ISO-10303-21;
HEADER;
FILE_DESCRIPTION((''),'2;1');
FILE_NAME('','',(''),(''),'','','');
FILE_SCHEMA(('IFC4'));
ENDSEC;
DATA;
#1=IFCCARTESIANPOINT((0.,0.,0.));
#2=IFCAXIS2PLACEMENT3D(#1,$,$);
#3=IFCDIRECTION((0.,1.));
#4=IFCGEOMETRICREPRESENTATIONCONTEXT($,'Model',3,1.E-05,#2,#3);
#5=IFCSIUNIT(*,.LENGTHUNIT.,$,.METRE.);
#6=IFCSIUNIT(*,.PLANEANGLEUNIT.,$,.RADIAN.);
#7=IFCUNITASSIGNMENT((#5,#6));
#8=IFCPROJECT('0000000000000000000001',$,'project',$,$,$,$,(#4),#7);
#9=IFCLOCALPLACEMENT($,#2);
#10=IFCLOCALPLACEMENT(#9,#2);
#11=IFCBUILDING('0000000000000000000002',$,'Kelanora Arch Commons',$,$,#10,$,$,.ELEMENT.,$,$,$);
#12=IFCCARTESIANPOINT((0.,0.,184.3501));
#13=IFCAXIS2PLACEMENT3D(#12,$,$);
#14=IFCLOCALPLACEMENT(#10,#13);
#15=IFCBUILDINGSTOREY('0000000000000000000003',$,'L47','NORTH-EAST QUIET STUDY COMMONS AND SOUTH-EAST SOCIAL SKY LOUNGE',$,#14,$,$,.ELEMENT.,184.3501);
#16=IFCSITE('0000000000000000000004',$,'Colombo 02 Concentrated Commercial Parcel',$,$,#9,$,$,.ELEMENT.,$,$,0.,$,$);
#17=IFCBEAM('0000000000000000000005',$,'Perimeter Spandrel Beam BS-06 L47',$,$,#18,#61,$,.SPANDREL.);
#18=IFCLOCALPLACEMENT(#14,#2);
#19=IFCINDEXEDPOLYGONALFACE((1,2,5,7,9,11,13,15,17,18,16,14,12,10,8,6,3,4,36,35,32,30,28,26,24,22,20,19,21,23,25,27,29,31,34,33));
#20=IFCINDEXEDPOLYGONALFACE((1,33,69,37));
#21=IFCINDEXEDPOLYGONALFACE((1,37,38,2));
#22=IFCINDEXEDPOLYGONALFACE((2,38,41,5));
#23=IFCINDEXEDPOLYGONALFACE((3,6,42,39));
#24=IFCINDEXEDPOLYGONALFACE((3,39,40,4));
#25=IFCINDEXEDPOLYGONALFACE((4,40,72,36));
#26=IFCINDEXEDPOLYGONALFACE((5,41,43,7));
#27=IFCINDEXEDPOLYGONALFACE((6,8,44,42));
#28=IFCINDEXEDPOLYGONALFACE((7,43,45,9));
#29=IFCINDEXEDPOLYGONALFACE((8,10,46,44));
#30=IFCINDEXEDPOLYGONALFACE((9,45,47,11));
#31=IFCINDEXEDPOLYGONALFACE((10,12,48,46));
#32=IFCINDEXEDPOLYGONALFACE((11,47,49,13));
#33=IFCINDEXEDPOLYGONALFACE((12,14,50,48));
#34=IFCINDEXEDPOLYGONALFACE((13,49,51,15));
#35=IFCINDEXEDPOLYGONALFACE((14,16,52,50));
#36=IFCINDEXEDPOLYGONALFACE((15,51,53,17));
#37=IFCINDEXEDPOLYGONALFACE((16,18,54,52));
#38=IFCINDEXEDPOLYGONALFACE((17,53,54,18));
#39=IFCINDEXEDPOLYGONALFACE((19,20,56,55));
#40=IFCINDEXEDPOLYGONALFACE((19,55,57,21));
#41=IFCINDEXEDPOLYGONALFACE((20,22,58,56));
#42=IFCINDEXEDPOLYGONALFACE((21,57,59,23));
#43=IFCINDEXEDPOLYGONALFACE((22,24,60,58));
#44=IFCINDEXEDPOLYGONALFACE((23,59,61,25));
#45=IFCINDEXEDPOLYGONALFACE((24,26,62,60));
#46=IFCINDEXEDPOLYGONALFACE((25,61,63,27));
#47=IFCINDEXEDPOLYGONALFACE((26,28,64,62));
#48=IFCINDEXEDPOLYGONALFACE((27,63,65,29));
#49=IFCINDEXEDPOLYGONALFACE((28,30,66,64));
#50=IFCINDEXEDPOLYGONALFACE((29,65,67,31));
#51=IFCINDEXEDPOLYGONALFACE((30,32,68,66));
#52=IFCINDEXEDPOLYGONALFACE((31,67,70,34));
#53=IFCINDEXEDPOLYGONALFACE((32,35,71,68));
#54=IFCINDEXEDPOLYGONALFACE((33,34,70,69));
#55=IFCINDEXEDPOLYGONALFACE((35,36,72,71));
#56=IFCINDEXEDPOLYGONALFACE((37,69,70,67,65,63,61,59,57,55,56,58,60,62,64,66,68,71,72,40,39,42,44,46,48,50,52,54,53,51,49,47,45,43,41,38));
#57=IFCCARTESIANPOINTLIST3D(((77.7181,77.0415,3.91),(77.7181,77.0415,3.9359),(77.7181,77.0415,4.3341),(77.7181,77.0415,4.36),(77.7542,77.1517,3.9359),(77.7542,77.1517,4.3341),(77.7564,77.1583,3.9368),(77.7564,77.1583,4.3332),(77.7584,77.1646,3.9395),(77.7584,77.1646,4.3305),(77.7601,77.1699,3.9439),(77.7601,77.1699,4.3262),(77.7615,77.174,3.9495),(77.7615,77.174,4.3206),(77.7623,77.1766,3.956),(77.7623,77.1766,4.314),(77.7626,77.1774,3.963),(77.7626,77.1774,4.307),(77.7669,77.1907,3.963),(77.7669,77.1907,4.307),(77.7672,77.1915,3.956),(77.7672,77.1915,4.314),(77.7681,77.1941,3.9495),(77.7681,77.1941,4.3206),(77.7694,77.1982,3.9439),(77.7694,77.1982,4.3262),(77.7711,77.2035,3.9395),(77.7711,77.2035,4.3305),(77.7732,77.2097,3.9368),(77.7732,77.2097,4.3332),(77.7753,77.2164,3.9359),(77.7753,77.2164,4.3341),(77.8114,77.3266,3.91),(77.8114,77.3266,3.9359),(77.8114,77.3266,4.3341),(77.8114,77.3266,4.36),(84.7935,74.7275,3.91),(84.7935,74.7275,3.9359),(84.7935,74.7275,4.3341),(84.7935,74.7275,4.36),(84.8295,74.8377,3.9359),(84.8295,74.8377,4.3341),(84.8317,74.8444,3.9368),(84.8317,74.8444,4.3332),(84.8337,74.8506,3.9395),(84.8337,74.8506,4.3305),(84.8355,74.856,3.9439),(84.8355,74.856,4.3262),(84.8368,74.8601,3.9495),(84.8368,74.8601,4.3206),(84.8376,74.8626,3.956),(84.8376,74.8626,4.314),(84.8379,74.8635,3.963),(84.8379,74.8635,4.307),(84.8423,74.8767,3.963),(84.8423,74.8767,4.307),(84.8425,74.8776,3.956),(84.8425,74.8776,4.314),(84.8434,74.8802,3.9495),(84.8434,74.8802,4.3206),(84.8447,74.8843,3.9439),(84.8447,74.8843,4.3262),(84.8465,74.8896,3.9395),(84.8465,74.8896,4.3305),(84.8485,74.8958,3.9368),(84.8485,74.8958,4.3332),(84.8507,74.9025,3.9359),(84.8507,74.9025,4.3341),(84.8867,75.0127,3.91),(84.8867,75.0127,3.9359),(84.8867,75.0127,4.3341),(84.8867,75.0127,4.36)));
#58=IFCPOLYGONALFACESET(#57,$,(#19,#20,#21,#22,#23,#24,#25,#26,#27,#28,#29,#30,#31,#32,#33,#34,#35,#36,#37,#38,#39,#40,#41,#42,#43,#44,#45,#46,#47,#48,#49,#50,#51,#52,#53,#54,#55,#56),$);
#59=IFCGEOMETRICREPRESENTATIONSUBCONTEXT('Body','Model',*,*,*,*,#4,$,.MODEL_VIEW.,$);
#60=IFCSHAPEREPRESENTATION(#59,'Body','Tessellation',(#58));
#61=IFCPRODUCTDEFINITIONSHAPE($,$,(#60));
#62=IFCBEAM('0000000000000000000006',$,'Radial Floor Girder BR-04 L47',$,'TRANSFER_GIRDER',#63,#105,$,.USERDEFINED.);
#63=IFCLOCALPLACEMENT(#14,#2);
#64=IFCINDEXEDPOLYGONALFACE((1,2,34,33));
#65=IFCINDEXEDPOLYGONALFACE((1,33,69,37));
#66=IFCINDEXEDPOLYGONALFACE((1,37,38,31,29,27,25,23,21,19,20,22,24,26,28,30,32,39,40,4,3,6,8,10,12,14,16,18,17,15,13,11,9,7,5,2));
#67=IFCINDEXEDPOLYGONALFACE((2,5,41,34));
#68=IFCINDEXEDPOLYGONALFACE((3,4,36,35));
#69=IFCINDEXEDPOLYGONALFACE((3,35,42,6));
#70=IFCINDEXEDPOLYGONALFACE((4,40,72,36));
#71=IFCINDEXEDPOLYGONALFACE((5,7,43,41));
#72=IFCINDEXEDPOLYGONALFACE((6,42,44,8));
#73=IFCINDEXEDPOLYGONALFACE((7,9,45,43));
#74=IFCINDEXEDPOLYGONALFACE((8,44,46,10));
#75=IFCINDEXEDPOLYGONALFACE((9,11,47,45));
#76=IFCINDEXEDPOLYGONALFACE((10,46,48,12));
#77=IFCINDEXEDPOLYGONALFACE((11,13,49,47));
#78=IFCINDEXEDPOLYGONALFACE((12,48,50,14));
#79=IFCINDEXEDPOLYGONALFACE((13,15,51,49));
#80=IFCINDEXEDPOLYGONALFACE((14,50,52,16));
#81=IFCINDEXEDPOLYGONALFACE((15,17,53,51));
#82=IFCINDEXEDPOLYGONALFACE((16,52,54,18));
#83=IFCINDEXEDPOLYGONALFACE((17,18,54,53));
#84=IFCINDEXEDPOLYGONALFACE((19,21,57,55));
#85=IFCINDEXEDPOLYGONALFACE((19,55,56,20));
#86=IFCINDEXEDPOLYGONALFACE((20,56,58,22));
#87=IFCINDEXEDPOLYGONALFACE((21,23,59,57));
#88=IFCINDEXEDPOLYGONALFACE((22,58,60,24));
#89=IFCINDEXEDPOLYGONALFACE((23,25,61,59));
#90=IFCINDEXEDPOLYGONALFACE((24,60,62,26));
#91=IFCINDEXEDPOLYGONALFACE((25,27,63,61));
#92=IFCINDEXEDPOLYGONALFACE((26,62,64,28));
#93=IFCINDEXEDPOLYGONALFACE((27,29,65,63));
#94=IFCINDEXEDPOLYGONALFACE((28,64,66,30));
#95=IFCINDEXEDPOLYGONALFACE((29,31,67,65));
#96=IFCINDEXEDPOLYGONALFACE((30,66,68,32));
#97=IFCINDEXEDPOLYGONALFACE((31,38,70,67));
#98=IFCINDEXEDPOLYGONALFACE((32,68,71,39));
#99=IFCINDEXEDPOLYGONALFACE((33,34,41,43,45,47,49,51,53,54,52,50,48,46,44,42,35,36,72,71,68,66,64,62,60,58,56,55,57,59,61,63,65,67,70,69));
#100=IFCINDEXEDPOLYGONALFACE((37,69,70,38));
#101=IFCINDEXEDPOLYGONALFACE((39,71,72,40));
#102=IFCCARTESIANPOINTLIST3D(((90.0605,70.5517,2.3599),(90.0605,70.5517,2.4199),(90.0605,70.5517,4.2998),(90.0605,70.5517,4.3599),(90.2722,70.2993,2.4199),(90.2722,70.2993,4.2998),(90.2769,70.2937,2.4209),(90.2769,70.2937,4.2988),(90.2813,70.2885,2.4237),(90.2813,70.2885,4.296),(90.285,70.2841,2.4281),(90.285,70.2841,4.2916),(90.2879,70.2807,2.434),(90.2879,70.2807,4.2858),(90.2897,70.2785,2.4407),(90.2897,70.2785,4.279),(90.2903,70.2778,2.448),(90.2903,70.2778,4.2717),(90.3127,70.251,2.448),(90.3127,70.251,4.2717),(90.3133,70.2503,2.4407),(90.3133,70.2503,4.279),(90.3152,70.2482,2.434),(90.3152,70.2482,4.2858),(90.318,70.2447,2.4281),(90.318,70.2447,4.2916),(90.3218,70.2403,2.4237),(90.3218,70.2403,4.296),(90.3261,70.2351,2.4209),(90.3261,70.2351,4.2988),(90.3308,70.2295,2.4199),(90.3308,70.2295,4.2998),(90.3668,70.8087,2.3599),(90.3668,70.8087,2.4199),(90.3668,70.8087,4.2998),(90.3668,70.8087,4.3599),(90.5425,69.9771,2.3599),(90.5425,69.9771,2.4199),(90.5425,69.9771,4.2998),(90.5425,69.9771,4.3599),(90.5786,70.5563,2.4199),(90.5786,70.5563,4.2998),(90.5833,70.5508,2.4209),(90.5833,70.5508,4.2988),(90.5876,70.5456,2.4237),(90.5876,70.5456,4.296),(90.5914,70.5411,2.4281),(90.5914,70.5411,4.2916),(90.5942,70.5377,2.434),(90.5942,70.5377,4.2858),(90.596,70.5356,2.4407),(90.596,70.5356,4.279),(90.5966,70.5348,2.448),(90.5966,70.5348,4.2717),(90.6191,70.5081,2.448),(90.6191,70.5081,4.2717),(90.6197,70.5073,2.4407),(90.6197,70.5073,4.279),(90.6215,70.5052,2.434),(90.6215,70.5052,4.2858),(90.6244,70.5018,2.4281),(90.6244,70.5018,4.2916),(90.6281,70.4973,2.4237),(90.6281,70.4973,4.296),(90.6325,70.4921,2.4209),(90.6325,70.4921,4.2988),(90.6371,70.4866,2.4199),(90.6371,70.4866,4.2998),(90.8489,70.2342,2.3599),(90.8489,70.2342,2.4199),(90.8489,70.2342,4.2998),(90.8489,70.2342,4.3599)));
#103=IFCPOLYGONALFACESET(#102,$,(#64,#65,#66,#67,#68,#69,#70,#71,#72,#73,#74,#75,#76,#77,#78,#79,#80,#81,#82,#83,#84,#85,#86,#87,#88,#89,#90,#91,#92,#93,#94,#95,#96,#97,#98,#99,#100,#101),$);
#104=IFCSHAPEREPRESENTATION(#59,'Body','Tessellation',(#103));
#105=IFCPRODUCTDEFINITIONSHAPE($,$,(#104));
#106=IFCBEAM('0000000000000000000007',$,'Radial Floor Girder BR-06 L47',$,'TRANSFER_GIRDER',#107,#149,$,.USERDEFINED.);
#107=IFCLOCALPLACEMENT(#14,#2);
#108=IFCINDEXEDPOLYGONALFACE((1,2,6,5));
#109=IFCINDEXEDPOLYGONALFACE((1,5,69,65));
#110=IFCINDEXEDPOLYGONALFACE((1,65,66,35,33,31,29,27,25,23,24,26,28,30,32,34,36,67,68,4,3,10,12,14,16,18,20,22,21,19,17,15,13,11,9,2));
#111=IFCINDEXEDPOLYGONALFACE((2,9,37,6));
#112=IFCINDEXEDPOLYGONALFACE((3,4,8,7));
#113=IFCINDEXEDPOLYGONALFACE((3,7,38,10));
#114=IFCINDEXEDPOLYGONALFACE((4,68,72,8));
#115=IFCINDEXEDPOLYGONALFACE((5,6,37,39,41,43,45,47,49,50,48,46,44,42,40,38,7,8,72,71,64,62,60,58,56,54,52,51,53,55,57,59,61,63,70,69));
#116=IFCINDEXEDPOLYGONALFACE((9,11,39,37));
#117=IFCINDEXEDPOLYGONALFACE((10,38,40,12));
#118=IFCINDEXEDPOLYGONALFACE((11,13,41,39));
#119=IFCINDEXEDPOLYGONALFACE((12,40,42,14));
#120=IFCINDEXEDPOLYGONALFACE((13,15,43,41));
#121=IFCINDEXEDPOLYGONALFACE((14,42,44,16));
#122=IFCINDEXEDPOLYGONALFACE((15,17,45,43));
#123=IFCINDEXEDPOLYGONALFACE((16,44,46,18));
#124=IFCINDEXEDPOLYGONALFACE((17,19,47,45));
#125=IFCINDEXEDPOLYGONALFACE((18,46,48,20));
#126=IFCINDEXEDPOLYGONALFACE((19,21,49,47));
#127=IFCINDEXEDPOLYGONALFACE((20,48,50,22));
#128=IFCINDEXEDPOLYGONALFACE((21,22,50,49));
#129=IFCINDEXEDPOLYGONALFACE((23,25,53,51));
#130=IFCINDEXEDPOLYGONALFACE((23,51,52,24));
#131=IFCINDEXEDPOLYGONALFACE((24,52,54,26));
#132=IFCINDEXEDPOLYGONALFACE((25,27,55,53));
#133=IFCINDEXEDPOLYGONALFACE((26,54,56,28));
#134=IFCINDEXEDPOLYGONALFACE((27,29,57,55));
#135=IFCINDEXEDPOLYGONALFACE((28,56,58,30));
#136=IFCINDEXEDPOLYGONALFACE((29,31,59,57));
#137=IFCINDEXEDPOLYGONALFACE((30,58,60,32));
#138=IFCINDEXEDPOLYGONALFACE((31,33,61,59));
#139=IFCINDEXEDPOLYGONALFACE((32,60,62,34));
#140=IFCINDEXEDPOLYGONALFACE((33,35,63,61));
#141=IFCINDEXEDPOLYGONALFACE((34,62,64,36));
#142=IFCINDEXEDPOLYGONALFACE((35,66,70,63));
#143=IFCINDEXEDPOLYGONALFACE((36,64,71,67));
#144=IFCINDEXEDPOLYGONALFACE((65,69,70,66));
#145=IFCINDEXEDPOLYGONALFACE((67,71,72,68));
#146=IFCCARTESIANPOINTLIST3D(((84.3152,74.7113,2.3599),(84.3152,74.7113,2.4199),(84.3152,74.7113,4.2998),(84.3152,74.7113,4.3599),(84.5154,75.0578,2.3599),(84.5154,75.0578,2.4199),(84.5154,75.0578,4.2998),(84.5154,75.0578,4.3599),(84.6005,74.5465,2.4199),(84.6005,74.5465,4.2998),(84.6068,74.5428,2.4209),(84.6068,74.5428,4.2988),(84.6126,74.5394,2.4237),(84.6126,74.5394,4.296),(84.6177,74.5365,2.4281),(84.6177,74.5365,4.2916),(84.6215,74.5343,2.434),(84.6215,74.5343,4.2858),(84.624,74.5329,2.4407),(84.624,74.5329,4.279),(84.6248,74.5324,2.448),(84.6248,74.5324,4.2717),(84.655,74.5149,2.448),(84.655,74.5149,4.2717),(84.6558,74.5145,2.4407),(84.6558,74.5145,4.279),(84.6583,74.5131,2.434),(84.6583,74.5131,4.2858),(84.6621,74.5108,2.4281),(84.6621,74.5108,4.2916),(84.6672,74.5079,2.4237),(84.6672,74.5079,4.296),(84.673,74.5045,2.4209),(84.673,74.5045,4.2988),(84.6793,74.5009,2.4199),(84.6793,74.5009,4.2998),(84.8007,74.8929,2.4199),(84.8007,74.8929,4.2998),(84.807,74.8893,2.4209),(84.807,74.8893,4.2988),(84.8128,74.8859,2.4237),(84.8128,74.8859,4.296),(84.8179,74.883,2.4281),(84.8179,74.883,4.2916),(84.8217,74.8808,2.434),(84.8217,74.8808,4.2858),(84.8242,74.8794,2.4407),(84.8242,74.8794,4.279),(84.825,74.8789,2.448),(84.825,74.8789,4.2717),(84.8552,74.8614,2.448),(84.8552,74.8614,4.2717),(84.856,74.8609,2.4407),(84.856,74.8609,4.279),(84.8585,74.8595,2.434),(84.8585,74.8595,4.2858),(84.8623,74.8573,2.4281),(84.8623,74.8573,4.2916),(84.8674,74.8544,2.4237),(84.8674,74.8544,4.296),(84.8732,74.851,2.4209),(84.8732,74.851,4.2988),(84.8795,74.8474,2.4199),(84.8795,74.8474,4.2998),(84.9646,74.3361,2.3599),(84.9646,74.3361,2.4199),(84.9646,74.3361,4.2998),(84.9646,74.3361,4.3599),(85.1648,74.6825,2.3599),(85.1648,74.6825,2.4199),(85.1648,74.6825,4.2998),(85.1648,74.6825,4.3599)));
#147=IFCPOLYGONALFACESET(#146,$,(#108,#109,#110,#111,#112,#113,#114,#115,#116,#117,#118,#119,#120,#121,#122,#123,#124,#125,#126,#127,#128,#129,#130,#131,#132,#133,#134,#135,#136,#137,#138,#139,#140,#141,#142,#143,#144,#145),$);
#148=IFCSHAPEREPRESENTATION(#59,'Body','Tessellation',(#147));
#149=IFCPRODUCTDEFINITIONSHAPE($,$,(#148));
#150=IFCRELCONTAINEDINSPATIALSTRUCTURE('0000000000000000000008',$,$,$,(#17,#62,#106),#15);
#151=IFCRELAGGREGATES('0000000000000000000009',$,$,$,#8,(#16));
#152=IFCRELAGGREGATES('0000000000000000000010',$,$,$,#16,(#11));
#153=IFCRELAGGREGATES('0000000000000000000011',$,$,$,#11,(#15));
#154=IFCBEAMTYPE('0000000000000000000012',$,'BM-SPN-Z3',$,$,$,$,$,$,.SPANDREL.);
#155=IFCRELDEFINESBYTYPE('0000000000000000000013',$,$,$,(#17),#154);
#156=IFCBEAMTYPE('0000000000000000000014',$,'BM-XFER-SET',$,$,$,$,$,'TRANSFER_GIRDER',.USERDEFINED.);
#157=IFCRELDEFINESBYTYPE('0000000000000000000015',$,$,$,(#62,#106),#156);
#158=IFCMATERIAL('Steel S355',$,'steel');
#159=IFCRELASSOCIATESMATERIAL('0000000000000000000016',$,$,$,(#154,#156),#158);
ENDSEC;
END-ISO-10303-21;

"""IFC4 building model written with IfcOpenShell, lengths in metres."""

from ifc_helpers import new_model, si_unit, direction, frame, origin, origin_2d, place, context, subcontext, project, spatial, i_section, extrude, material, material_profile, profile_set, type_object, element, save


model = new_model("IFC4")

# Units and contexts
model_context = context("Model", 3, precision=1e-05, world=origin(), true_north=direction((0.0, 1.0)))
body_context = subcontext(model_context, "Body", "Model", "MODEL_VIEW")
ifc_project = project(units=[si_unit("LENGTHUNIT", "METRE"), si_unit("PLANEANGLEUNIT", "RADIAN")], contexts=[model_context])

# Site, building, storey
site_placement = place(None, origin())
site = spatial("IfcSite", under=ifc_project, at=site_placement, Name="Colombo 02 Concentrated Commercial Parcel", CompositionType="ELEMENT", RefElevation=0.0)
building_placement = place(site_placement, origin())
building = spatial("IfcBuilding", under=site, at=building_placement, Name="Kelanora Arch Commons", CompositionType="ELEMENT")
storey_placement = place(building_placement, frame((0.0, 0.0, 184.3501)))
storey = spatial("IfcBuildingStorey", under=building, at=storey_placement, Name="L47", Description="NORTH-EAST QUIET STUDY COMMONS AND SOUTH-EAST SOCIAL SKY LOUNGE", CompositionType="ELEMENT", Elevation=184.3501)

# Beams
ifc_material_1 = material(Name="Steel S355", Category="steel")
ifc_material_profile_1 = material_profile(ifc_material_1, i_section(OverallWidth=0.3, OverallDepth=0.45, WebThickness=0.0139, FlangeThickness=0.0259, FilletRadius=0.0271, at=origin_2d()), Name="HEB450")
ifc_profile_set_1 = profile_set([ifc_material_profile_1], Name="Steel S355")
beam_type_1 = type_object("IfcBeamType", Name="BM-SPN-Z3", PredefinedType="SPANDREL", material=ifc_profile_set_1)
beam_1_placement = place(storey_placement, frame((84.8401, 74.8701, 4.135), z_axis=(-0.950462, 0.310841, 0.0), x_axis=(-0.310841, -0.950462, 0.0)))
element("IfcBeam", 1, at=beam_1_placement, inside=storey, type_object=beam_type_1, Name="Perimeter Spandrel Beam BS-06 L47", PredefinedType="SPANDREL", context=body_context, shape_type="SweptSolid", body=[
    extrude(i_section(OverallWidth=0.3, OverallDepth=0.45, WebThickness=0.0139, FlangeThickness=0.0259, FilletRadius=0.0271, at=origin_2d()), origin(), (0.0, 0.0, 1.0), 7.4441),
])
ifc_material_profile_2 = material_profile(ifc_material_1, i_section(OverallWidth=0.75, OverallDepth=2.0, WebThickness=0.0349, FlangeThickness=0.0601, FilletRadius=0.0281, at=origin_2d()), Name="PG2000x750")
ifc_profile_set_2 = profile_set([ifc_material_profile_2], Name="Steel S355")
beam_type_2 = type_object("IfcBeamType", Name="BM-XFER-SET", ElementType="TRANSFER_GIRDER", PredefinedType="USERDEFINED", material=ifc_profile_set_2)
beam_2_placement = place(storey_placement, frame((90.3015, 70.2644, 3.3599), z_axis=(0.766065, 0.642763, 0.0), x_axis=(-0.642763, 0.766065, 0.0)))
element("IfcBeam", 2, at=beam_2_placement, inside=storey, type_object=beam_type_2, Name="Radial Floor Girder BR-04 L47", ObjectType="TRANSFER_GIRDER", PredefinedType="USERDEFINED", context=body_context, shape_type="SweptSolid", body=[
    extrude(i_section(OverallWidth=0.75, OverallDepth=2.0, WebThickness=0.0349, FlangeThickness=0.0601, FilletRadius=0.0281, at=origin_2d()), origin(), (0.0, 0.0, 1.0), 0.3999),
])
beam_3_placement = place(storey_placement, frame((84.6399, 74.5237, 3.3599), z_axis=(0.500339, 0.86583, 0.0), x_axis=(-0.86583, 0.500339, 0.0)))
element("IfcBeam", 3, at=beam_3_placement, inside=storey, type_object=beam_type_2, Name="Radial Floor Girder BR-06 L47", ObjectType="TRANSFER_GIRDER", PredefinedType="USERDEFINED", context=body_context, shape_type="SweptSolid", body=[
    extrude(i_section(OverallWidth=0.75, OverallDepth=2.0, WebThickness=0.0349, FlangeThickness=0.0601, FilletRadius=0.0281, at=origin_2d()), origin(), (0.0, 0.0, 1.0), 0.4001),
])

save(model, "model.ifc")
